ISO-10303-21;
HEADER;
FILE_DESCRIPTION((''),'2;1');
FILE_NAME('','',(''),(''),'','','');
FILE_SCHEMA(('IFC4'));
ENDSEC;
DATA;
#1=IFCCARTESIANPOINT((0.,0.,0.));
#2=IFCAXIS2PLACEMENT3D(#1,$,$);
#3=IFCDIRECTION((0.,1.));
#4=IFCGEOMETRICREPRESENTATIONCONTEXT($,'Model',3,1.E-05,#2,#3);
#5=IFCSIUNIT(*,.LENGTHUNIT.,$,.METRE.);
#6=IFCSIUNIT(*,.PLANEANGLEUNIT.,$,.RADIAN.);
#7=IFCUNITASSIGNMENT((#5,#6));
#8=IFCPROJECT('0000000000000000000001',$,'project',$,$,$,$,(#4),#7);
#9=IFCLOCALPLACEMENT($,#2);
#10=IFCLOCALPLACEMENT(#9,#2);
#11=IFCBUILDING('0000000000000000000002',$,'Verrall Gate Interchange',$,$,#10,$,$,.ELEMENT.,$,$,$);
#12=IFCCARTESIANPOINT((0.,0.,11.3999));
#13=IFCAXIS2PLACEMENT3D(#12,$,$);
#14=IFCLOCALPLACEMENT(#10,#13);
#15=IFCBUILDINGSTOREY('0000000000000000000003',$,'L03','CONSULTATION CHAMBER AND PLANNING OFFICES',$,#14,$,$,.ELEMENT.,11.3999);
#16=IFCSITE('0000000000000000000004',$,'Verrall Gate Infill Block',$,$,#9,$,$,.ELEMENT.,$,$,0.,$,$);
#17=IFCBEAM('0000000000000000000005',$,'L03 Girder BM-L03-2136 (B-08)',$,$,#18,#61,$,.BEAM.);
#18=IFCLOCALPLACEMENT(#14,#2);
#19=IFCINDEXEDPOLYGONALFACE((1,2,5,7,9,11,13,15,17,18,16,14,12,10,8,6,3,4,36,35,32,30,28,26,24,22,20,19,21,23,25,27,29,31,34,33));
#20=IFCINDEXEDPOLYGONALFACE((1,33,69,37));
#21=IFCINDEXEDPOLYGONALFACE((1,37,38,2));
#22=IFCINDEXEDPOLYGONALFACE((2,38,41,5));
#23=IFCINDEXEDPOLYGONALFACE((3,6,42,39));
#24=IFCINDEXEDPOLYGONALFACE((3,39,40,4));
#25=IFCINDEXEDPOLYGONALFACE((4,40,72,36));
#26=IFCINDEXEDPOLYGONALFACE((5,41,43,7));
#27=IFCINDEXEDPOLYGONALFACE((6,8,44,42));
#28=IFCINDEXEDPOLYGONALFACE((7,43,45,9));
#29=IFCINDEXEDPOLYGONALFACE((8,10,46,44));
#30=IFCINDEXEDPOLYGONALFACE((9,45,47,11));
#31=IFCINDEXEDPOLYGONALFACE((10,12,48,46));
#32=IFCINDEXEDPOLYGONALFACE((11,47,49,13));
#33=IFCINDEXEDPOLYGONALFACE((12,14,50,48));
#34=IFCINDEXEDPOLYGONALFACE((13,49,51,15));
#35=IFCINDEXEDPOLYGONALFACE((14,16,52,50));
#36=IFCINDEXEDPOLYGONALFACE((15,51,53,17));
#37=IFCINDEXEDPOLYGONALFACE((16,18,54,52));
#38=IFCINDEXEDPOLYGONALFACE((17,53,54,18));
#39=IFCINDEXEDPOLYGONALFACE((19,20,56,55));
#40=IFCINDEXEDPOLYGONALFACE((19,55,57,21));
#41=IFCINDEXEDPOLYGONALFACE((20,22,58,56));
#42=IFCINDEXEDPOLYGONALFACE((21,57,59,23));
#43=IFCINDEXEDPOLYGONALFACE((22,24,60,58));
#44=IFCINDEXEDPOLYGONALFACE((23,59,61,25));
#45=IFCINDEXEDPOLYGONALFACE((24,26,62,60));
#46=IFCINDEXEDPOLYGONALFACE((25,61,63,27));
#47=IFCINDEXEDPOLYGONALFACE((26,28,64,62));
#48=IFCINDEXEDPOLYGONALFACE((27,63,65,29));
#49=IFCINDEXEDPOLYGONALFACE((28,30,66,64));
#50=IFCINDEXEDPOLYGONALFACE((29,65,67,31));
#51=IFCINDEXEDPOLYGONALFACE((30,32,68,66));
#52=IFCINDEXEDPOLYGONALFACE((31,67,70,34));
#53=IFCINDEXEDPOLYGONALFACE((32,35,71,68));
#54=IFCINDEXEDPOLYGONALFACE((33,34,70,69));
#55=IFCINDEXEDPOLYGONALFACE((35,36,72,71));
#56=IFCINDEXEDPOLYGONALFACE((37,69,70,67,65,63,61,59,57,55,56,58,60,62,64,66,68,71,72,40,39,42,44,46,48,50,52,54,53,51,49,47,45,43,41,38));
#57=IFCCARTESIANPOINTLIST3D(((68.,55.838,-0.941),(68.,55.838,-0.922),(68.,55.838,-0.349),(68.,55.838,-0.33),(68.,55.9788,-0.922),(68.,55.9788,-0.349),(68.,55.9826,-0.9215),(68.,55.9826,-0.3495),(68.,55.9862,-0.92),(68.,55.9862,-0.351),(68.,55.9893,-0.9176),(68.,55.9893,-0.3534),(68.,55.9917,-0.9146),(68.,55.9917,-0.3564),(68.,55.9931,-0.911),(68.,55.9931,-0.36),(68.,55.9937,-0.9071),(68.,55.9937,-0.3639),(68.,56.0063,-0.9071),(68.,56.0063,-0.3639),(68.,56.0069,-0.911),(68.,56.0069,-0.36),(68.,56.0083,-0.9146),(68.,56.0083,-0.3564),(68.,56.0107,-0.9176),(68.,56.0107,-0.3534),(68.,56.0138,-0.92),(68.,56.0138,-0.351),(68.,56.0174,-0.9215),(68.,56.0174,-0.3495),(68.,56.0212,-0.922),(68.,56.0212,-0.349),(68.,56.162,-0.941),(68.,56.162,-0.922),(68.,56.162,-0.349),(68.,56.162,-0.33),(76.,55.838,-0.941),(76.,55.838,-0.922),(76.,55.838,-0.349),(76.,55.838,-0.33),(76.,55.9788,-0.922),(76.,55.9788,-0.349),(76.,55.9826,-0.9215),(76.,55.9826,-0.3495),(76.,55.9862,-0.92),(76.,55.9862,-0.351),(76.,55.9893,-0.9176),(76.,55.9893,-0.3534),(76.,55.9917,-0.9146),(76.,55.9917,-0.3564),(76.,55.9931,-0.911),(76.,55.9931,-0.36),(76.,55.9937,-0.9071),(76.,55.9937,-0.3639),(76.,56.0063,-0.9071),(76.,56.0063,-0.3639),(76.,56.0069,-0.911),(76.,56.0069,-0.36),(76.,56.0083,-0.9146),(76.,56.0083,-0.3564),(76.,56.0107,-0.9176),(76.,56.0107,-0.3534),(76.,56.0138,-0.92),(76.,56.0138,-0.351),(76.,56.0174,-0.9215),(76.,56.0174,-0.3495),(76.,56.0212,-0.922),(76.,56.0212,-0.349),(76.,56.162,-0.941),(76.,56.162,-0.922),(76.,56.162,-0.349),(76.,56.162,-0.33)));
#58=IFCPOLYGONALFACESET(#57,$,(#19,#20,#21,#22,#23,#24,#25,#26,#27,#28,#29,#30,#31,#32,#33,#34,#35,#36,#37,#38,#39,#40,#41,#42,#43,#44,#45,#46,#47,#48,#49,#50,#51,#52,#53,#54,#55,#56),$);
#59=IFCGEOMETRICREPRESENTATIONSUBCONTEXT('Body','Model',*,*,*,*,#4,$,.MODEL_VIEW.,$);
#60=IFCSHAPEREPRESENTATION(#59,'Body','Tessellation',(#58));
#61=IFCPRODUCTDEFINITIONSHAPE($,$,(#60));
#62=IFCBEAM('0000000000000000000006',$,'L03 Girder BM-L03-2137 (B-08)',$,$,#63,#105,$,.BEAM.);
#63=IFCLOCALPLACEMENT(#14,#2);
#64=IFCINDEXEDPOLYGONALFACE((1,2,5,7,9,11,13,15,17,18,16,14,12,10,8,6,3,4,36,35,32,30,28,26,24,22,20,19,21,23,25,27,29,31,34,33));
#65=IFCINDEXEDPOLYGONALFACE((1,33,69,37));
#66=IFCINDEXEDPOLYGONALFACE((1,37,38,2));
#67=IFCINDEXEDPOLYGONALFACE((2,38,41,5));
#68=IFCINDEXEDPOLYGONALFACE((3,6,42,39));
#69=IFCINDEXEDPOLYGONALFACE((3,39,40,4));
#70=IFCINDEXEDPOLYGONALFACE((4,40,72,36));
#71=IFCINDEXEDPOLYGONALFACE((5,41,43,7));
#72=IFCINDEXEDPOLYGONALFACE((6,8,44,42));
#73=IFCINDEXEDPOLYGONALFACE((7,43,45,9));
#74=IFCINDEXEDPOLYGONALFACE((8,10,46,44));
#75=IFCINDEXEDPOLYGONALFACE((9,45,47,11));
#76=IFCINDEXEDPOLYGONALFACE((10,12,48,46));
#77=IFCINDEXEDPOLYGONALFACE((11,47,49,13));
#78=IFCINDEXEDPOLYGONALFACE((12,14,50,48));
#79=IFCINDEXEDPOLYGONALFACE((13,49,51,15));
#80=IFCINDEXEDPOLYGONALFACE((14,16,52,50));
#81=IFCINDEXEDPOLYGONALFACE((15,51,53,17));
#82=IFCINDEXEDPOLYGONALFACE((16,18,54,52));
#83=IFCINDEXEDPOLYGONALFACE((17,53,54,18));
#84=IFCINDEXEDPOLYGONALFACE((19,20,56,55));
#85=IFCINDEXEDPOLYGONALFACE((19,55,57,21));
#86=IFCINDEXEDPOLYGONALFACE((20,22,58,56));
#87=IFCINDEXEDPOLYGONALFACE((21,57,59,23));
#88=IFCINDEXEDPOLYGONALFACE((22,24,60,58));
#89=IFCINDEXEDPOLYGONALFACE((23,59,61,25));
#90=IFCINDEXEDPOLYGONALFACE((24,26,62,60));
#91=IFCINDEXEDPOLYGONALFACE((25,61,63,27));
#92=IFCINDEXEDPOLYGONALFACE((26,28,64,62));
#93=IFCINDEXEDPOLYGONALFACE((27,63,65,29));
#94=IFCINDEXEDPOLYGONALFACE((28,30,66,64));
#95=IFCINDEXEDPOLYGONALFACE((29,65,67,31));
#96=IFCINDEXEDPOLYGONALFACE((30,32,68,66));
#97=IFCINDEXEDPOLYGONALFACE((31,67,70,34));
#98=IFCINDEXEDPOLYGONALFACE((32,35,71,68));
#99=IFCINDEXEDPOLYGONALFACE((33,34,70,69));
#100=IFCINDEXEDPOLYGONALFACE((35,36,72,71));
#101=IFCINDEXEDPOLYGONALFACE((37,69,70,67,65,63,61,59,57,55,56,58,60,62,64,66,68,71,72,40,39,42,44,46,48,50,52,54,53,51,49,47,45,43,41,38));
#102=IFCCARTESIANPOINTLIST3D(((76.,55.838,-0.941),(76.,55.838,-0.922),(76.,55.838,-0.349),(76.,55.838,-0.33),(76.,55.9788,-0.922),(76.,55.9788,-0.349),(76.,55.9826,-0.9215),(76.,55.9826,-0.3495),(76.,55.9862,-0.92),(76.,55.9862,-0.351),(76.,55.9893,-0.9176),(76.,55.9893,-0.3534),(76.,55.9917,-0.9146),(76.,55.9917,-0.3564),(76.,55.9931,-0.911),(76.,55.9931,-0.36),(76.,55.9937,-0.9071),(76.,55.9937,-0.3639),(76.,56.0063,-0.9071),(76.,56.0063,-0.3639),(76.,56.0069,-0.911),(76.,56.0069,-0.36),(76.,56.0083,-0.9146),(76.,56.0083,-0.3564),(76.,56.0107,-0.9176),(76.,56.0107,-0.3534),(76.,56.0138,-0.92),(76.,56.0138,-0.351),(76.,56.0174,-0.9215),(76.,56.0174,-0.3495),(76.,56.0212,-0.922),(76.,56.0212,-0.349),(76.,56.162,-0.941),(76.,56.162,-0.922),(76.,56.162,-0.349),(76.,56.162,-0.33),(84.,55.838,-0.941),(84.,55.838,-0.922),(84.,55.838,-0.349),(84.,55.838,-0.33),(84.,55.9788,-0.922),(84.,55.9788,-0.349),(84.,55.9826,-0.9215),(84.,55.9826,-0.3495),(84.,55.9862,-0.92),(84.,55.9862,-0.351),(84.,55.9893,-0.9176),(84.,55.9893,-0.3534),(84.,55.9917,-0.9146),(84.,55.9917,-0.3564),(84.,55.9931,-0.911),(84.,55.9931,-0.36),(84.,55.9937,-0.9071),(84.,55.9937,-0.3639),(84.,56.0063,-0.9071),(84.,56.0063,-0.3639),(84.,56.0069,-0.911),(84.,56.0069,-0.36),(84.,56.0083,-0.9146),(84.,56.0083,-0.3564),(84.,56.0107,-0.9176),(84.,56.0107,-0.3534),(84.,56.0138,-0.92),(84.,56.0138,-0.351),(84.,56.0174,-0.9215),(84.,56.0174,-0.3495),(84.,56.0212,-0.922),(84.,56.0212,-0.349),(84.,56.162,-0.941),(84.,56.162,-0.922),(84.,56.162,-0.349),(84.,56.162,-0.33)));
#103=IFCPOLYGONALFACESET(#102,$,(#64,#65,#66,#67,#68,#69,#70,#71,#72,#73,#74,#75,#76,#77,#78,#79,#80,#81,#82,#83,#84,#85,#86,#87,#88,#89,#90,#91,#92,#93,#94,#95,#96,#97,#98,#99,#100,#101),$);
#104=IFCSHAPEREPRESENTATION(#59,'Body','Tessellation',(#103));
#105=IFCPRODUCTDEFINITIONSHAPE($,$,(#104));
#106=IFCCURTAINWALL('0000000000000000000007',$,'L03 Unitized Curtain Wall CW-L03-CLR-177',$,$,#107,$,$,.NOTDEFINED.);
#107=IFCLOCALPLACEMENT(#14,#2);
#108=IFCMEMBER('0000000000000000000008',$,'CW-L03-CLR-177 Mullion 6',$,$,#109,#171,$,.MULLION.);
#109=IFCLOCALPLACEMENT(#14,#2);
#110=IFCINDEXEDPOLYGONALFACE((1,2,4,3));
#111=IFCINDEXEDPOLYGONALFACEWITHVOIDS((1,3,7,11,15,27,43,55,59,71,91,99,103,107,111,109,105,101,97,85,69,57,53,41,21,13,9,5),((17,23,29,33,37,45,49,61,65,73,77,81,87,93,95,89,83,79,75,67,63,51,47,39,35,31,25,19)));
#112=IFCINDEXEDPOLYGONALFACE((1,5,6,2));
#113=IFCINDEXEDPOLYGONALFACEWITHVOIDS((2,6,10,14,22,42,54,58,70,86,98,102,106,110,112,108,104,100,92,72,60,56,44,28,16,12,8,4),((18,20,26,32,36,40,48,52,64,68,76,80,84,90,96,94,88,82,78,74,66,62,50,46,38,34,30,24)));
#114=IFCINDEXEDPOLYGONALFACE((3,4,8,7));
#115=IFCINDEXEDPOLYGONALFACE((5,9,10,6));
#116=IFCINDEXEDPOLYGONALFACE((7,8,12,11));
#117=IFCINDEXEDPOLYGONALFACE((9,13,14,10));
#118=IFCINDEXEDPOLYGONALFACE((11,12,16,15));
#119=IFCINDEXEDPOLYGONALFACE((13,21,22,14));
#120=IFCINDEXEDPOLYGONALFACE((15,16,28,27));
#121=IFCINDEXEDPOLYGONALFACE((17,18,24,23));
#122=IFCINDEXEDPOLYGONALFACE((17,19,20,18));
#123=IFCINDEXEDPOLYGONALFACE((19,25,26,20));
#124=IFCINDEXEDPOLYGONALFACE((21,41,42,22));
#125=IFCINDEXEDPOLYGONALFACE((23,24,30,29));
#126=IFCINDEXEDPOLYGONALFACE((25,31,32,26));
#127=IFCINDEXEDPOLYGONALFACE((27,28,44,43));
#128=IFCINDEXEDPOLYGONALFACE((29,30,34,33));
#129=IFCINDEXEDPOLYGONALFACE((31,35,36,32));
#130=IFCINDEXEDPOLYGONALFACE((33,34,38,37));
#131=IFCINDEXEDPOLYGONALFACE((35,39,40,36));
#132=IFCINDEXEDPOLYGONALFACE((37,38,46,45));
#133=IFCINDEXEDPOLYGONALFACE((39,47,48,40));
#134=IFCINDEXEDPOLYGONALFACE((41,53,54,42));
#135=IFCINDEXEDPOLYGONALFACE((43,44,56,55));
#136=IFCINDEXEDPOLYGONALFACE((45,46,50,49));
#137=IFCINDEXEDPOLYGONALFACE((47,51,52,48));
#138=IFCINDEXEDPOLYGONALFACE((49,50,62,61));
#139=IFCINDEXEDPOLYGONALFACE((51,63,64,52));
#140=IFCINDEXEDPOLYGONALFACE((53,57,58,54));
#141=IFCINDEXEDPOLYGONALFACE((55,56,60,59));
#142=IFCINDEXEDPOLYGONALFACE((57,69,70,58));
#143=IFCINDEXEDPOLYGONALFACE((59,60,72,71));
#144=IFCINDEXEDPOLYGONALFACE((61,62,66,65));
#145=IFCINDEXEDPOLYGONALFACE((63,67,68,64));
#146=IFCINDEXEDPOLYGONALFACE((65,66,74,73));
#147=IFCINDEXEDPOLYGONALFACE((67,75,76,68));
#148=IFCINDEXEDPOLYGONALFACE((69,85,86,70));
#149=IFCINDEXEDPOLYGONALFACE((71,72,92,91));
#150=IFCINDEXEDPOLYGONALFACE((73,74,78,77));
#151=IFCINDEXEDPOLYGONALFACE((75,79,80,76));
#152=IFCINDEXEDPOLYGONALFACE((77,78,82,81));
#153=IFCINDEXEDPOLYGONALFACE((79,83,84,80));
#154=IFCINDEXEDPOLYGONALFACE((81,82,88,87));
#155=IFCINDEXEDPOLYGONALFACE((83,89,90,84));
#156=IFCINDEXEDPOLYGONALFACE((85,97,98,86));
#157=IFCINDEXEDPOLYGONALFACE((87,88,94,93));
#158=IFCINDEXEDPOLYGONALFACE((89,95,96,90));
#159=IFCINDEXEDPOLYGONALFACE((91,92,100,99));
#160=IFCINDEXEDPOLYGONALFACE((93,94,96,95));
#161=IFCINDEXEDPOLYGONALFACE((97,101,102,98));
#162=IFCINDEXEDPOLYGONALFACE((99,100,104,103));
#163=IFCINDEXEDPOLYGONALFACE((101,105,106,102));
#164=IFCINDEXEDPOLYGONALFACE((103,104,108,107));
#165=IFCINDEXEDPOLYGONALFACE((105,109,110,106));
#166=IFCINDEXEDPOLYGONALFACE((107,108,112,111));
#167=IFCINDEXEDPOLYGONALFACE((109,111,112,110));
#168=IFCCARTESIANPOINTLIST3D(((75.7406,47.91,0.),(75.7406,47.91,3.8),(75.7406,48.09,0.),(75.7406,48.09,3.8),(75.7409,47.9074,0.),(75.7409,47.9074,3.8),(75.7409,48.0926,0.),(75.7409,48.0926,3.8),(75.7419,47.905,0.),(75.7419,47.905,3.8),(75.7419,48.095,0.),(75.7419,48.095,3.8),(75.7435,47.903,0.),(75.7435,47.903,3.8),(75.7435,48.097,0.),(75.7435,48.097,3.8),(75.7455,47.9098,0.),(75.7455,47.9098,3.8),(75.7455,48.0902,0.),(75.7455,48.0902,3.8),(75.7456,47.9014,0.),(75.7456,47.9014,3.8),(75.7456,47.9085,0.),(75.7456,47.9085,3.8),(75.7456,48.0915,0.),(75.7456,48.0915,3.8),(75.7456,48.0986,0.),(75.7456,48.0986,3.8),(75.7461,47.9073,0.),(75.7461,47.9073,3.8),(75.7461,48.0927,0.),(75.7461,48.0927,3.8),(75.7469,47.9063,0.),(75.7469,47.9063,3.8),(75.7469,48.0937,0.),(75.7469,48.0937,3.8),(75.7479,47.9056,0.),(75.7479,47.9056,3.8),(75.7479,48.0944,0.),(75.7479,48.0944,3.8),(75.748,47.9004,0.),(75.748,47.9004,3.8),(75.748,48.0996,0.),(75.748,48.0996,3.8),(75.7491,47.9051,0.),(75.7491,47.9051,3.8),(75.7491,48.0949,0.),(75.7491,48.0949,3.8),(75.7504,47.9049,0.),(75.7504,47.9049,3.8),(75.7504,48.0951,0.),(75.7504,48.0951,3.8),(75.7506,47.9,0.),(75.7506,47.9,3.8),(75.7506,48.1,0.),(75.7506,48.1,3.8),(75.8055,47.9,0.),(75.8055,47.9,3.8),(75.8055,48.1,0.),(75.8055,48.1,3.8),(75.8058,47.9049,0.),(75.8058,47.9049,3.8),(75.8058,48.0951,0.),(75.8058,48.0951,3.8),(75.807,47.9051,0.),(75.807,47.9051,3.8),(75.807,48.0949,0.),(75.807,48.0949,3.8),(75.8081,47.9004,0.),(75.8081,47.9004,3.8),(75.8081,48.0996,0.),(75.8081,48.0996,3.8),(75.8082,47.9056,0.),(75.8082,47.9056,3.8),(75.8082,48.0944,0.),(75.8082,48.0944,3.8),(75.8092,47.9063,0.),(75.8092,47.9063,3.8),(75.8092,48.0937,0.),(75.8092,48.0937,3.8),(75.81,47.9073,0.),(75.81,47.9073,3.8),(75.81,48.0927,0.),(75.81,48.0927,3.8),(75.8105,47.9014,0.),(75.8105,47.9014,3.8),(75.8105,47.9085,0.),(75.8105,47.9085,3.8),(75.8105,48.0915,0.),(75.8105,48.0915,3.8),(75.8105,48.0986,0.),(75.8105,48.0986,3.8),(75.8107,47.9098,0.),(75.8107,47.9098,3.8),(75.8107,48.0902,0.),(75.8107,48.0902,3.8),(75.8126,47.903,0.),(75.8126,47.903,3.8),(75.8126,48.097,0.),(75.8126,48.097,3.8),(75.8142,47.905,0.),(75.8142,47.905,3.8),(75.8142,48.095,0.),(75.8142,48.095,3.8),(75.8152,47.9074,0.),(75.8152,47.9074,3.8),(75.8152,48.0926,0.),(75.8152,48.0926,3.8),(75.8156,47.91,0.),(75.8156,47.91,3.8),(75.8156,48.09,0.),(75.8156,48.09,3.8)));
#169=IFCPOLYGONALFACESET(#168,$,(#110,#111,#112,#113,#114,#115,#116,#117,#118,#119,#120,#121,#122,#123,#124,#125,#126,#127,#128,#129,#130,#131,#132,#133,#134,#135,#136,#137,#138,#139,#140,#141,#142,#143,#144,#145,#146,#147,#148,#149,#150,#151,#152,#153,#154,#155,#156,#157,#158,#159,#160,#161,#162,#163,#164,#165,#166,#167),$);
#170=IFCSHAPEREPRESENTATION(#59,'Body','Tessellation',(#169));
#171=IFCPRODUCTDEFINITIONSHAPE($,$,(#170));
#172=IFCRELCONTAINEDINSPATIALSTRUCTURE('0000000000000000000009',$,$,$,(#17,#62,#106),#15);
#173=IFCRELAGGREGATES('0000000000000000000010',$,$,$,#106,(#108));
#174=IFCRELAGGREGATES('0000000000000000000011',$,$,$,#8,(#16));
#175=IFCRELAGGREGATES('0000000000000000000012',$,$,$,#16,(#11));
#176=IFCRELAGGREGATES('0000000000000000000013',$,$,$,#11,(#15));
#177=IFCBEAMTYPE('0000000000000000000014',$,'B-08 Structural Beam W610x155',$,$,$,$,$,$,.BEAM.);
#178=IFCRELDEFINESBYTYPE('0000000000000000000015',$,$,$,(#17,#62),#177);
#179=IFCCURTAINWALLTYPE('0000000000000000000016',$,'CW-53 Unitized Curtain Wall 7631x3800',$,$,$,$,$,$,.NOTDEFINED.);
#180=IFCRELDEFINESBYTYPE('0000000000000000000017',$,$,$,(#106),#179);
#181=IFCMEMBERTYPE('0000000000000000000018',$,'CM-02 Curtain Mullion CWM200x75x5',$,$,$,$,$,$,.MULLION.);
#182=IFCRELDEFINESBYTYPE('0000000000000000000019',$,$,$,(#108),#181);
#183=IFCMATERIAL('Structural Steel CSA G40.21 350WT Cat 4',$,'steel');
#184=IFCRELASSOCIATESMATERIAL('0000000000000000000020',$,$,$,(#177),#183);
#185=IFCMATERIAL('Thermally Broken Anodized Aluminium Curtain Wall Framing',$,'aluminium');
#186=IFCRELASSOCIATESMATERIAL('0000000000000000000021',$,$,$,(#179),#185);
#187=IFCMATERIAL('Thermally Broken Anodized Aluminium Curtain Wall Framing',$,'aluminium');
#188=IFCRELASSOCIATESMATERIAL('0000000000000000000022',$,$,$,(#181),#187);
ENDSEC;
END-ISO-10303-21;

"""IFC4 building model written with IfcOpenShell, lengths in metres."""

from ifc_helpers import new_model, si_unit, direction, frame, origin, origin_2d, place, context, subcontext, project, spatial, hollow_rectangle, i_section, extrude, material, material_profile, profile_set, type_object, element, aggregate, save


model = new_model("IFC4")

# Units and contexts
model_context = context("Model", 3, precision=1e-05, world=origin(), true_north=direction((0.0, 1.0)))
body_context = subcontext(model_context, "Body", "Model", "MODEL_VIEW")
ifc_project = project(units=[si_unit("LENGTHUNIT", "METRE"), si_unit("PLANEANGLEUNIT", "RADIAN")], contexts=[model_context])

# Site, building, storey
site_placement = place(None, origin())
site = spatial("IfcSite", under=ifc_project, at=site_placement, Name="Verrall Gate Infill Block", CompositionType="ELEMENT", RefElevation=0.0)
building_placement = place(site_placement, origin())
building = spatial("IfcBuilding", under=site, at=building_placement, Name="Verrall Gate Interchange", CompositionType="ELEMENT")
storey_placement = place(building_placement, frame((0.0, 0.0, 11.3999)))
storey = spatial("IfcBuildingStorey", under=building, at=storey_placement, Name="L03", Description="CONSULTATION CHAMBER AND PLANNING OFFICES", CompositionType="ELEMENT", Elevation=11.3999)

# Beams
ifc_material_1 = material(Name="Structural Steel CSA G40.21 350WT Cat 4", Category="steel")
ifc_material_profile_1 = material_profile(ifc_material_1, i_section(OverallWidth=0.324, OverallDepth=0.6111, WebThickness=0.0127, FlangeThickness=0.019, FilletRadius=0.0149, at=origin_2d()), Name="W610x155")
ifc_profile_set_1 = profile_set([ifc_material_profile_1], Name="Structural Steel CSA G40.21 350WT Cat 4")
beam_type_1 = type_object("IfcBeamType", Name="B-08 Structural Beam W610x155", PredefinedType="BEAM", material=ifc_profile_set_1)
for number, where, z_axis, x_axis, name in (
    (1, (68.0, 56.0, -0.6355), (1.0, 0.0, 0.0), (0.0, 1.0, 0.0), "L03 Girder BM-L03-2136 (B-08)"),
    (2, (76.0, 56.0, -0.6355), (1.0, 0.0, 0.0), (0.0, 1.0, 0.0), "L03 Girder BM-L03-2137 (B-08)"),
):
    element("IfcBeam", number, at=place(storey_placement, frame(where, z_axis=z_axis, x_axis=x_axis)), inside=storey, type_object=beam_type_1, Name=name, PredefinedType="BEAM", context=body_context, shape_type="SweptSolid", body=[
        extrude(i_section(OverallWidth=0.324, OverallDepth=0.6111, WebThickness=0.0127, FlangeThickness=0.019, FilletRadius=0.0149, at=origin_2d()), origin(), (0.0, 0.0, 1.0), 8.0),
    ])

# Curtain wall, member
ifc_material_2 = material(Name="Thermally Broken Anodized Aluminium Curtain Wall Framing", Category="aluminium")
curtain_wall_type = type_object("IfcCurtainWallType", Name="CW-53 Unitized Curtain Wall 7631x3800", PredefinedType="NOTDEFINED", material=ifc_material_2)
curtain_wall_1_placement = place(storey_placement, origin())
curtain_wall_1 = element("IfcCurtainWall", 3, at=curtain_wall_1_placement, inside=storey, type_object=curtain_wall_type, Name="L03 Unitized Curtain Wall CW-L03-CLR-177", PredefinedType="NOTDEFINED")
ifc_material_3 = material(Name="Thermally Broken Anodized Aluminium Curtain Wall Framing", Category="aluminium")
ifc_material_profile_2 = material_profile(ifc_material_3, hollow_rectangle(XDim=0.075, YDim=0.2, WallThickness=0.0049, InnerFilletRadius=0.0049, OuterFilletRadius=0.01, at=origin_2d()), Name="CWM200x75x5")
ifc_profile_set_2 = profile_set([ifc_material_profile_2], Name="Thermally Broken Anodized Aluminium Curtain Wall Framing")
member_type_1 = type_object("IfcMemberType", Name="CM-02 Curtain Mullion CWM200x75x5", PredefinedType="MULLION", material=ifc_profile_set_2)
member_1_placement = place(storey_placement, frame((75.7781, 48.0, 0.0), z_axis=(0.0, 0.0, 1.0), x_axis=(1.0, 0.0, 0.0)))
member_1 = element("IfcMember", 4, at=member_1_placement, type_object=member_type_1, Name="CW-L03-CLR-177 Mullion 6", PredefinedType="MULLION", context=body_context, shape_type="SweptSolid", body=[
    extrude(hollow_rectangle(XDim=0.075, YDim=0.2, WallThickness=0.0049, InnerFilletRadius=0.0049, OuterFilletRadius=0.01, at=origin_2d()), origin(), (0.0, 0.0, 1.0), 3.8),
])

aggregate(curtain_wall_1, [member_1])

save(model, "model.ifc")
